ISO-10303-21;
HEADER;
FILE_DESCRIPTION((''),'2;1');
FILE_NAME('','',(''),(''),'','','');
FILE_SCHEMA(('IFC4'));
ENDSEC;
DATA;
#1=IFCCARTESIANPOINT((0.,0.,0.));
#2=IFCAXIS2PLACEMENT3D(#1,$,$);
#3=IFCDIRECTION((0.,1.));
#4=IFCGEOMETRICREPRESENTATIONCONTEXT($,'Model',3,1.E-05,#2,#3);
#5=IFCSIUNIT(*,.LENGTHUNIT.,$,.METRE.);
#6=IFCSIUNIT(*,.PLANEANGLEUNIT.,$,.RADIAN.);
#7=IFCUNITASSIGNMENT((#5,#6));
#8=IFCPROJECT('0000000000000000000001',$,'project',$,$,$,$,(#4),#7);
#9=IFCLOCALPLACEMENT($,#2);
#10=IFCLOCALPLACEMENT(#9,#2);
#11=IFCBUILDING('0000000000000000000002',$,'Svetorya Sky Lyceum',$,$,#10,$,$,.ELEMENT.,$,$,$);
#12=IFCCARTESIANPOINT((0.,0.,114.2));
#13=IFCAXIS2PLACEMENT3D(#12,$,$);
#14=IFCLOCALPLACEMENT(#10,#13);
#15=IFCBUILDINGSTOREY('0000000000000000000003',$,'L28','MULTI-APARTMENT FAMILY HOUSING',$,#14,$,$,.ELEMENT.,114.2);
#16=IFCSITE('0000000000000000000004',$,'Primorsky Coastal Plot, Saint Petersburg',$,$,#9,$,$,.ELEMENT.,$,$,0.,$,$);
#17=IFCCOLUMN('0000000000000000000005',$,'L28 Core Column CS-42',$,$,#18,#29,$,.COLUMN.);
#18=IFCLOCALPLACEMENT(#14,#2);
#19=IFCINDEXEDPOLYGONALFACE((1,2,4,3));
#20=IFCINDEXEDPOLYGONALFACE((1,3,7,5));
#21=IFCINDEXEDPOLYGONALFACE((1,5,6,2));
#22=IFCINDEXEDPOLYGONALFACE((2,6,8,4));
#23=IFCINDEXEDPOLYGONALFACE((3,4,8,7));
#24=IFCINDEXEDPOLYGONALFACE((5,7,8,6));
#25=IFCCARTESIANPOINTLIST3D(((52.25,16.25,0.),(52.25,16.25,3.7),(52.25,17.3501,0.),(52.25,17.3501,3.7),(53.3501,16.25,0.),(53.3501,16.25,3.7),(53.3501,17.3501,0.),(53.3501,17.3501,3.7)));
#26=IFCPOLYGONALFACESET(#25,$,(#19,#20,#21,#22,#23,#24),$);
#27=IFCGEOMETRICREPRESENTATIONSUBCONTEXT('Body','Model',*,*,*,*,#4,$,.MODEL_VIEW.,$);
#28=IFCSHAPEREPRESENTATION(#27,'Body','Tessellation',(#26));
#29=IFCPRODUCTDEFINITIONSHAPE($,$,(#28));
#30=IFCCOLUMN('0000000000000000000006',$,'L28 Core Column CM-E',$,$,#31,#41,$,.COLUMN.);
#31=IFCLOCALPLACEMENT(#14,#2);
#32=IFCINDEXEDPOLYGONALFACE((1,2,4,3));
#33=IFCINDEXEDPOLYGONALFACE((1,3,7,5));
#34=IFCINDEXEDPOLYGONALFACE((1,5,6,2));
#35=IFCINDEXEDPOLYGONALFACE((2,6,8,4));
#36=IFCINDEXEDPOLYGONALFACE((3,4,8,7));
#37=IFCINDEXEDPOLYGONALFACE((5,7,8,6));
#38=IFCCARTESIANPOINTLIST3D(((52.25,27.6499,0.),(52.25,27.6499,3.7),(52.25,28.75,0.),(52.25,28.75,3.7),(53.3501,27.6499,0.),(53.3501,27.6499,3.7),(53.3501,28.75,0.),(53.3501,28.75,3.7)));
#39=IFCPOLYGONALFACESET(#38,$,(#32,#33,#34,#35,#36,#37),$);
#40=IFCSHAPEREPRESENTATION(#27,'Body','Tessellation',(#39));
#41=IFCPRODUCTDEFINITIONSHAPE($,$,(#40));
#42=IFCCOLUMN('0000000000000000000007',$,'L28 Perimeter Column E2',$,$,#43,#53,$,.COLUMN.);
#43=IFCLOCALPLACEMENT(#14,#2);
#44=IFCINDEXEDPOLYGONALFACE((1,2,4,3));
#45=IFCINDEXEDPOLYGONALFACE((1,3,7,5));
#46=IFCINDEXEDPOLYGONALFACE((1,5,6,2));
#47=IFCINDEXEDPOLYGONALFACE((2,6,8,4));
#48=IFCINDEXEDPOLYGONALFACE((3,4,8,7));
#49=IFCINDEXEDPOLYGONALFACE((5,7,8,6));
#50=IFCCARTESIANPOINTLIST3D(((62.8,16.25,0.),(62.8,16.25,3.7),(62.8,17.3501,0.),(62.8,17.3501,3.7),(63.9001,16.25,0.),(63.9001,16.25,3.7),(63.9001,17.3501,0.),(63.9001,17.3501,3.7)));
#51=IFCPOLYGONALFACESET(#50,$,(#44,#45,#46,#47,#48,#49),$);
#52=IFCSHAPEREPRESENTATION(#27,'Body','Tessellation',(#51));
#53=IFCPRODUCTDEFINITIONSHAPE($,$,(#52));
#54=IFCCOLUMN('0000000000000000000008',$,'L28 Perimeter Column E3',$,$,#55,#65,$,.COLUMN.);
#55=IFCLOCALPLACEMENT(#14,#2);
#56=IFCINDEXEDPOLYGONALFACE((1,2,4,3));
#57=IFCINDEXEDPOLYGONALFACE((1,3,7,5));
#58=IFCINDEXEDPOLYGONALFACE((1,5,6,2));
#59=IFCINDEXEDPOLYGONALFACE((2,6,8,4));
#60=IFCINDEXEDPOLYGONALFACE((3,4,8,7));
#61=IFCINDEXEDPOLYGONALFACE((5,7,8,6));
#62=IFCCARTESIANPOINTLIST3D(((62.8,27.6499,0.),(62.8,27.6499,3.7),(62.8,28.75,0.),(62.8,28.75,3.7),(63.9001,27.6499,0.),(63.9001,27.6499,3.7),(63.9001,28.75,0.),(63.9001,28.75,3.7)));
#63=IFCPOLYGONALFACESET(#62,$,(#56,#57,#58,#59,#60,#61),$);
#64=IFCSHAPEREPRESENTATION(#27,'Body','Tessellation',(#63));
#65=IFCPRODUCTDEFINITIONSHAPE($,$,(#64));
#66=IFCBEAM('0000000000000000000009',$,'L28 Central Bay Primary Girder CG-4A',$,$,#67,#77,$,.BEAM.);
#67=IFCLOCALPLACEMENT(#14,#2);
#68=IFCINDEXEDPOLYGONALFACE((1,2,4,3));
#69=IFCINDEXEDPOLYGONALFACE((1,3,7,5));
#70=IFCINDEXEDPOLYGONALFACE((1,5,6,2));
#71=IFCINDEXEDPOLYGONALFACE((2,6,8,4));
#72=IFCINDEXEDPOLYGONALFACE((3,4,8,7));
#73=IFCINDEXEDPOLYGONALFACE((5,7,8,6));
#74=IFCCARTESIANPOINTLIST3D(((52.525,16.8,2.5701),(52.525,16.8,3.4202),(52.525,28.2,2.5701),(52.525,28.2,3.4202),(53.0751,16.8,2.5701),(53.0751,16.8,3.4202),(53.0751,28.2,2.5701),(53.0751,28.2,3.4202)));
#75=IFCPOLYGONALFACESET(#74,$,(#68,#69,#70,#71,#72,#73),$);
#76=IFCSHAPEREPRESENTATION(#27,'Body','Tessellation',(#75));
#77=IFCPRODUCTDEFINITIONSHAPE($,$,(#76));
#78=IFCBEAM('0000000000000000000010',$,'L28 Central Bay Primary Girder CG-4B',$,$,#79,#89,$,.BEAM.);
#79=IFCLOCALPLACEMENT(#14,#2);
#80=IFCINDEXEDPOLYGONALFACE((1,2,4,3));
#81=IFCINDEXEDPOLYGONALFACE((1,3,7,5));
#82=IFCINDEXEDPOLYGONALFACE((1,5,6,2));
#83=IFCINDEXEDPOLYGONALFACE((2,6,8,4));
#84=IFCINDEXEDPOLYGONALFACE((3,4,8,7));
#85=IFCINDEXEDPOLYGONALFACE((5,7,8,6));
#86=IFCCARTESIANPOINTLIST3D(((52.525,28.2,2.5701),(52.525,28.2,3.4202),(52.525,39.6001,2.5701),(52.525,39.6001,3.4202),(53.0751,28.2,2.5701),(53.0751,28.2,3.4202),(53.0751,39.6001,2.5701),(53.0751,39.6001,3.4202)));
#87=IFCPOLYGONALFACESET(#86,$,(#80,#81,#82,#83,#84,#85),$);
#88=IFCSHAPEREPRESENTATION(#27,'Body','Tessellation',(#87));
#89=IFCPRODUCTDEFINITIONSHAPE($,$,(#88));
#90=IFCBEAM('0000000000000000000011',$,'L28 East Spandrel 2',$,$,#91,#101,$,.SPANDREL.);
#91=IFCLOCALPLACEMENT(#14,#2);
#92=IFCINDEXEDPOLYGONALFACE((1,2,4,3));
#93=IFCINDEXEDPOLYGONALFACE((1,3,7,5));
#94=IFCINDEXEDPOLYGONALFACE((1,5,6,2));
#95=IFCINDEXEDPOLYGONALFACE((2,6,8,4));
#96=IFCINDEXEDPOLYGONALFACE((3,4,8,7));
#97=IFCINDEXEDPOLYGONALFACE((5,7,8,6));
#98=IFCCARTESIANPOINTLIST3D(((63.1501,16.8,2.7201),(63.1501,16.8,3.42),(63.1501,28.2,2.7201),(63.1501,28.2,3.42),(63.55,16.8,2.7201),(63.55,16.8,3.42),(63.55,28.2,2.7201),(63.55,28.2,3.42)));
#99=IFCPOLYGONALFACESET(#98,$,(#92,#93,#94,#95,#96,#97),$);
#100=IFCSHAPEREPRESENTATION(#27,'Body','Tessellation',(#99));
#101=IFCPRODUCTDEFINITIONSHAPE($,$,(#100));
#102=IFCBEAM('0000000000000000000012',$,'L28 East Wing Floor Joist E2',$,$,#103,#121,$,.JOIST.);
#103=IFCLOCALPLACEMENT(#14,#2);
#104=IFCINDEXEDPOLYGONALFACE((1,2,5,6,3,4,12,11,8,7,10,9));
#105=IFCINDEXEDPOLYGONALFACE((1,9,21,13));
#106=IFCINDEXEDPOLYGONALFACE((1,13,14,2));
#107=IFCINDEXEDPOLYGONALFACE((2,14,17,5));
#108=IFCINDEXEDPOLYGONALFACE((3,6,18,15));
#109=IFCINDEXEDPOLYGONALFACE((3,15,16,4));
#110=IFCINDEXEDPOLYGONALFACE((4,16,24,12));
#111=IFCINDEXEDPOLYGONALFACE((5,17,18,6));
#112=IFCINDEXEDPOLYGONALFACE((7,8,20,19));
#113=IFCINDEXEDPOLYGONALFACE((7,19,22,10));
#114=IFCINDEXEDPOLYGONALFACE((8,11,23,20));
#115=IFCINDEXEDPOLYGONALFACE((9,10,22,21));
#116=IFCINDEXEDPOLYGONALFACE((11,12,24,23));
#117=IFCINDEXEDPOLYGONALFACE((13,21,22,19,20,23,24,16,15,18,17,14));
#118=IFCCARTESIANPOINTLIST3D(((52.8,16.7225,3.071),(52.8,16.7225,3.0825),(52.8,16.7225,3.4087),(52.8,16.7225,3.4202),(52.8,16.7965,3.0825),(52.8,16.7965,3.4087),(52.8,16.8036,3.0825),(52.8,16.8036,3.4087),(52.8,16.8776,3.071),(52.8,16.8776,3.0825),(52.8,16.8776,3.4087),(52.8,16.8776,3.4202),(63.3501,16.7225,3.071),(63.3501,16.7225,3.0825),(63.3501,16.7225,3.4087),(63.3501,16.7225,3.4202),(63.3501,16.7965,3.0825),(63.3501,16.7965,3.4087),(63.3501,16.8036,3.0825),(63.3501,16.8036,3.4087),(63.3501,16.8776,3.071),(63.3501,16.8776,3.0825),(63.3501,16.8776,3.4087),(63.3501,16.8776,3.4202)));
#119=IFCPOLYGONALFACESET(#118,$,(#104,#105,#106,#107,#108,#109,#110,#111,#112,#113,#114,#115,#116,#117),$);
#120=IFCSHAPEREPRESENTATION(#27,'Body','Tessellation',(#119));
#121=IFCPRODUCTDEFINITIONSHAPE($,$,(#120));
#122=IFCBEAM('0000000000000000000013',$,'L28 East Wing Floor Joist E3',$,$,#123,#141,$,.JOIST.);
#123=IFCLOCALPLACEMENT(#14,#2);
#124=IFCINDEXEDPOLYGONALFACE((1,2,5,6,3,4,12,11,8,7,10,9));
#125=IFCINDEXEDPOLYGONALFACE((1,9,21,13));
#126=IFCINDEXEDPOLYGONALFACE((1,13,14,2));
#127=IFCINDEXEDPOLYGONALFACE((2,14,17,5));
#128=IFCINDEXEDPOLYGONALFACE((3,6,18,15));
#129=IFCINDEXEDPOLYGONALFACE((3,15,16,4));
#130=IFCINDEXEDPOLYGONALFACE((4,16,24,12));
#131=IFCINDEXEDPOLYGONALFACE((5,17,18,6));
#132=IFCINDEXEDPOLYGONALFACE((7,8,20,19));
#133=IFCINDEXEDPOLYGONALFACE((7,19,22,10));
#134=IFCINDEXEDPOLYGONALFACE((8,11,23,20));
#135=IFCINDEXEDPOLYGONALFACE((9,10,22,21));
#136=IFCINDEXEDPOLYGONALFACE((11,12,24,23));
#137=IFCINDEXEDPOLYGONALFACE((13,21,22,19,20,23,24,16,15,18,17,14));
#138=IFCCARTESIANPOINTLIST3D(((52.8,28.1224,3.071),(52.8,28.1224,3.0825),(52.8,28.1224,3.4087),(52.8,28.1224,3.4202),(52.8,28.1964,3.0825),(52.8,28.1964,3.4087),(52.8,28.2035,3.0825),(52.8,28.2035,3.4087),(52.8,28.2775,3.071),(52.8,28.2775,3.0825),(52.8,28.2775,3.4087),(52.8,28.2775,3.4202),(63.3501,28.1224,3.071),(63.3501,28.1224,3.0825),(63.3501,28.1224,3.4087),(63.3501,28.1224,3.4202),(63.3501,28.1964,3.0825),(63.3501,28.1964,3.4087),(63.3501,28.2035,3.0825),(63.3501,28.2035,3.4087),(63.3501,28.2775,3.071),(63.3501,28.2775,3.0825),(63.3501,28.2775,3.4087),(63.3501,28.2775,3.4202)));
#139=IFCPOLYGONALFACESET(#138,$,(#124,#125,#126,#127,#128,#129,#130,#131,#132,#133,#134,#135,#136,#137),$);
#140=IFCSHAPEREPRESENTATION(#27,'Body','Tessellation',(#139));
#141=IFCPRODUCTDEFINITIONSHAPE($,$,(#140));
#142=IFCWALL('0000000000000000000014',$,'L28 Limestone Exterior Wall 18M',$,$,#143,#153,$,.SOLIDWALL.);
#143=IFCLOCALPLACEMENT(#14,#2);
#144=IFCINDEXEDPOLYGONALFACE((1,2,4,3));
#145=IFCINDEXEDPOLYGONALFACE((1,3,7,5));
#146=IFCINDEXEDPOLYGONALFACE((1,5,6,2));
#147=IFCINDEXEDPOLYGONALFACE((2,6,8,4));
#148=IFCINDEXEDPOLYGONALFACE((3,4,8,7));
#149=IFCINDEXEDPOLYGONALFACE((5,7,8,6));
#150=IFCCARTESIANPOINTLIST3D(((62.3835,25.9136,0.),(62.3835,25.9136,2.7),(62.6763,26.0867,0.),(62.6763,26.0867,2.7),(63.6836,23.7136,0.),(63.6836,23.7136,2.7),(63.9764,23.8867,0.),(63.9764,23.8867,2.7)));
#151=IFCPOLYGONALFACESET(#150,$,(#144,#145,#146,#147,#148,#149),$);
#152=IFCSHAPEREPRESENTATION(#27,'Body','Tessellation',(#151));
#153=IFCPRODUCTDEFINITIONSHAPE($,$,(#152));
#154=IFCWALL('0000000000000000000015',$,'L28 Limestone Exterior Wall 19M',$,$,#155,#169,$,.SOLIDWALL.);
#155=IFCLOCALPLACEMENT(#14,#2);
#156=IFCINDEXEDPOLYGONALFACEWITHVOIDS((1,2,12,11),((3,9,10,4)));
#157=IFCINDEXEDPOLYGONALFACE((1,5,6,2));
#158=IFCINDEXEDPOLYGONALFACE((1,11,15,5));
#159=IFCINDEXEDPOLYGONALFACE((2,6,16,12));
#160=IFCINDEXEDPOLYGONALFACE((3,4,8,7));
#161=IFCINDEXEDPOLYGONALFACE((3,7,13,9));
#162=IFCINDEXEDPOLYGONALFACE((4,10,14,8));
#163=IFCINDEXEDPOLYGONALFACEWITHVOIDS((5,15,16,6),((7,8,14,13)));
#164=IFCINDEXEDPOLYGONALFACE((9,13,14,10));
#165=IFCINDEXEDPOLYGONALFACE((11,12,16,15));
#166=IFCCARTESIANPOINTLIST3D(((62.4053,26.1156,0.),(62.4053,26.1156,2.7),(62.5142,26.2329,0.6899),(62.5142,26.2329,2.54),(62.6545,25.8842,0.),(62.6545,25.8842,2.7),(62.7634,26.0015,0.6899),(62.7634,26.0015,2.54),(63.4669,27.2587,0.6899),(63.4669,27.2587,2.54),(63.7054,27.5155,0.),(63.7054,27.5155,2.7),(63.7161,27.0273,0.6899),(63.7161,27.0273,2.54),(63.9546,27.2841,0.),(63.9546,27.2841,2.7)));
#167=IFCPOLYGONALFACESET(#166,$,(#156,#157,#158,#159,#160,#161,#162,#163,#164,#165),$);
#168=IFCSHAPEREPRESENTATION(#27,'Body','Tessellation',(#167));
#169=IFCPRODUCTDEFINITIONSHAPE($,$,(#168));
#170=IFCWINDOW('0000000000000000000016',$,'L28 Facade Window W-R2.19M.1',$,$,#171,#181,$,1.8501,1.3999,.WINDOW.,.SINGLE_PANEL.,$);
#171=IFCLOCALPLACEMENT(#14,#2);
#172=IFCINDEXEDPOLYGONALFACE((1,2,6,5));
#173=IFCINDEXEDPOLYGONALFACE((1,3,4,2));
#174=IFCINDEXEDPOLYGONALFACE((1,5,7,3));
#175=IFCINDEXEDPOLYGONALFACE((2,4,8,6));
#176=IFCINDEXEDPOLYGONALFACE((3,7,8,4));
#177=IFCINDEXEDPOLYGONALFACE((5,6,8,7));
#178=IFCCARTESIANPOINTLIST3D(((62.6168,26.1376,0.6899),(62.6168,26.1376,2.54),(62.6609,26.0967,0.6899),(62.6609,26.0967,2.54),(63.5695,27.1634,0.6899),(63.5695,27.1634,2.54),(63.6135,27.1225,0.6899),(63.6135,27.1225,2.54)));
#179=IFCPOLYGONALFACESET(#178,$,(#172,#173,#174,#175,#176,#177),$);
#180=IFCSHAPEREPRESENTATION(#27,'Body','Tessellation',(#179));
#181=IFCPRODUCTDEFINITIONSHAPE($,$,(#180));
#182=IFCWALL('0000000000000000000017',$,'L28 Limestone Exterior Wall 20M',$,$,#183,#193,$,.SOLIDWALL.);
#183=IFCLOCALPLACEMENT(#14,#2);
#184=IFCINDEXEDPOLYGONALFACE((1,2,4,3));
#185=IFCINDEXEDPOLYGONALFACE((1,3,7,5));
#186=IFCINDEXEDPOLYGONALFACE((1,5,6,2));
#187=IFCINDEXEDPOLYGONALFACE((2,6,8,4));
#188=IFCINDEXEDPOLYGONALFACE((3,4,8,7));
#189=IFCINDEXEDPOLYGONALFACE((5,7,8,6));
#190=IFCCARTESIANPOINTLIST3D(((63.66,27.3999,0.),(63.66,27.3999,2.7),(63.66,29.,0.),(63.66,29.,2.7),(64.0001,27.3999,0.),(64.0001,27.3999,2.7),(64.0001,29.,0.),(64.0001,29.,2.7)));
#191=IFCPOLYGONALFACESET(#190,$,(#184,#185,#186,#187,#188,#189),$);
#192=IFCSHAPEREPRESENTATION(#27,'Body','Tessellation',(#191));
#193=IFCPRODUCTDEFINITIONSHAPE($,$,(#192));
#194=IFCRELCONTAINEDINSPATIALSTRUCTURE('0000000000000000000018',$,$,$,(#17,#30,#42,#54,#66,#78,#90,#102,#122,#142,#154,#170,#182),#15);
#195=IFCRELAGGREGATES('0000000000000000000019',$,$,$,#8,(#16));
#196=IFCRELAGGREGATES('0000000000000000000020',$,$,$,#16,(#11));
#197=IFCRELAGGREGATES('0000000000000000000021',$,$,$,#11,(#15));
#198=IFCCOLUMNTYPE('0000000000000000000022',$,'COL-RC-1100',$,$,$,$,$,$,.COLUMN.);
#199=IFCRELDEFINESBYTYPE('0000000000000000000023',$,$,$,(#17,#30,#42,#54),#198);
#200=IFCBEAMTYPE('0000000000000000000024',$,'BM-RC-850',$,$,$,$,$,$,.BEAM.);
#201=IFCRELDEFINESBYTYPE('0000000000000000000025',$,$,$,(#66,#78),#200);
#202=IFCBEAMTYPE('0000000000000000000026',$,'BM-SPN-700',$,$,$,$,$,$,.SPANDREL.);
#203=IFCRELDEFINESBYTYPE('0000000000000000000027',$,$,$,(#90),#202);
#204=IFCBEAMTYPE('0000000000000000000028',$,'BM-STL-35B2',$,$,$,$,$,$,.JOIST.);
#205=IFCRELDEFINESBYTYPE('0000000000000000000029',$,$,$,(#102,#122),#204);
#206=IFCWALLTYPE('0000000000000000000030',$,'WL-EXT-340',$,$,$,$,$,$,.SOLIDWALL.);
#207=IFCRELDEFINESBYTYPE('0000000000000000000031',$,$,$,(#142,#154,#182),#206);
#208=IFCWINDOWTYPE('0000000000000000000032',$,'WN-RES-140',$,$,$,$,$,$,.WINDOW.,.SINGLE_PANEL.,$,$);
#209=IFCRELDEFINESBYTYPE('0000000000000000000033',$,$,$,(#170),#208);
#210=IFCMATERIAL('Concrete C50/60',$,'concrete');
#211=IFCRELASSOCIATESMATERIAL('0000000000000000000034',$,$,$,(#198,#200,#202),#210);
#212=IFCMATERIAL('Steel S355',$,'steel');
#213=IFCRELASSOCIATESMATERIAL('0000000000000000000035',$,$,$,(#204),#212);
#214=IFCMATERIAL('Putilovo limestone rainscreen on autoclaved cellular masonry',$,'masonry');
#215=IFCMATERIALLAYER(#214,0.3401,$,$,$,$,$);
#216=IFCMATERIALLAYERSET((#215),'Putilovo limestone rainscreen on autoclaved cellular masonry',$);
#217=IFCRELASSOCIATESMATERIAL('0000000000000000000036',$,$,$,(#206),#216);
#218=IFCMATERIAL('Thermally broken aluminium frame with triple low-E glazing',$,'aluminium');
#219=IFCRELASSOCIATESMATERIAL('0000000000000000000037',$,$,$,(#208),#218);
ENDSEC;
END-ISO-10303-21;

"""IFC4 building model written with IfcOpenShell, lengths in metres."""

from ifc_helpers import new_model, si_unit, direction, frame, frame_2d, origin, origin_2d, place, context, subcontext, project, spatial, rectangle, i_section, extrude, material, layer, layer_set, material_profile, profile_set, type_object, element, fill, save


model = new_model("IFC4")

# Units and contexts
model_context = context("Model", 3, precision=1e-05, world=origin(), true_north=direction((0.0, 1.0)))
body_context = subcontext(model_context, "Body", "Model", "MODEL_VIEW")
ifc_project = project(units=[si_unit("LENGTHUNIT", "METRE"), si_unit("PLANEANGLEUNIT", "RADIAN")], contexts=[model_context])

# Site, building, storey
site_placement = place(None, origin())
site = spatial("IfcSite", under=ifc_project, at=site_placement, Name="Primorsky Coastal Plot, Saint Petersburg", CompositionType="ELEMENT", RefElevation=0.0)
building_placement = place(site_placement, origin())
building = spatial("IfcBuilding", under=site, at=building_placement, Name="Svetorya Sky Lyceum", CompositionType="ELEMENT")
storey_placement = place(building_placement, frame((0.0, 0.0, 114.2)))
storey = spatial("IfcBuildingStorey", under=building, at=storey_placement, Name="L28", Description="MULTI-APARTMENT FAMILY HOUSING", CompositionType="ELEMENT", Elevation=114.2)

# Columns
ifc_material_1 = material(Name="Concrete C50/60", Category="concrete")
ifc_material_profile_1 = material_profile(ifc_material_1, rectangle(XDim=1.1001, YDim=1.1001, at=origin_2d()), Name="RC COL 1100x1100")
ifc_profile_set_1 = profile_set([ifc_material_profile_1], Name="Concrete C50/60")
column_type = type_object("IfcColumnType", Name="COL-RC-1100", PredefinedType="COLUMN", material=ifc_profile_set_1)
for number, where, z_axis, x_axis, name in (
    (1, (52.8, 16.8, 0.0), (0.0, 0.0, 1.0), (1.0, 0.0, 0.0), "L28 Core Column CS-42"),
    (2, (52.8, 28.2, 0.0), (0.0, 0.0, 1.0), (1.0, 0.0, 0.0), "L28 Core Column CM-E"),
    (3, (63.3501, 16.8, 0.0), (0.0, 0.0, 1.0), (1.0, 0.0, 0.0), "L28 Perimeter Column E2"),
    (4, (63.3501, 28.2, 0.0), (0.0, 0.0, 1.0), (1.0, 0.0, 0.0), "L28 Perimeter Column E3"),
):
    element("IfcColumn", number, at=place(storey_placement, frame(where, z_axis=z_axis, x_axis=x_axis)), inside=storey, type_object=column_type, Name=name, PredefinedType="COLUMN", context=body_context, shape_type="SweptSolid", body=[
        extrude(rectangle(XDim=1.1001, YDim=1.1001, at=origin_2d()), origin(), (0.0, 0.0, 1.0), 3.7),
    ])

# Beams
ifc_material_profile_2 = material_profile(ifc_material_1, rectangle(XDim=0.55, YDim=0.8501, at=origin_2d()), Name="RC BEAM 550x850")
ifc_profile_set_2 = profile_set([ifc_material_profile_2], Name="Concrete C50/60")
beam_type_1 = type_object("IfcBeamType", Name="BM-RC-850", PredefinedType="BEAM", material=ifc_profile_set_2)
beam_1_placement = place(storey_placement, frame((52.8, 16.8, 2.9951), z_axis=(0.0, 1.0, 0.0), x_axis=(-1.0, 0.0, 0.0)))
element("IfcBeam", 5, at=beam_1_placement, inside=storey, type_object=beam_type_1, Name="L28 Central Bay Primary Girder CG-4A", PredefinedType="BEAM", context=body_context, shape_type="SweptSolid", body=[
    extrude(rectangle(XDim=0.55, YDim=0.8501, at=origin_2d()), origin(), (0.0, 0.0, 1.0), 11.3999),
])
beam_2_placement = place(storey_placement, frame((52.8, 28.2, 2.9951), z_axis=(0.0, 1.0, 0.0), x_axis=(-1.0, 0.0, 0.0)))
element("IfcBeam", 6, at=beam_2_placement, inside=storey, type_object=beam_type_1, Name="L28 Central Bay Primary Girder CG-4B", PredefinedType="BEAM", context=body_context, shape_type="SweptSolid", body=[
    extrude(rectangle(XDim=0.55, YDim=0.8501, at=origin_2d()), origin(), (0.0, 0.0, 1.0), 11.4001),
])
ifc_material_profile_3 = material_profile(ifc_material_1, rectangle(XDim=0.3999, YDim=0.7, at=origin_2d()), Name="RC SPANDREL 400x700")
ifc_profile_set_3 = profile_set([ifc_material_profile_3], Name="Concrete C50/60")
beam_type_2 = type_object("IfcBeamType", Name="BM-SPN-700", PredefinedType="SPANDREL", material=ifc_profile_set_3)
beam_3_placement = place(storey_placement, frame((63.3501, 16.8, 3.0701), z_axis=(0.0, 1.0, 0.0), x_axis=(-1.0, 0.0, 0.0)))
element("IfcBeam", 7, at=beam_3_placement, inside=storey, type_object=beam_type_2, Name="L28 East Spandrel 2", PredefinedType="SPANDREL", context=body_context, shape_type="SweptSolid", body=[
    extrude(rectangle(XDim=0.3999, YDim=0.7, at=origin_2d()), origin(), (0.0, 0.0, 1.0), 11.3999),
])
ifc_material_2 = material(Name="Steel S355", Category="steel")
ifc_material_profile_4 = material_profile(ifc_material_2, i_section(OverallWidth=0.155, OverallDepth=0.3491, WebThickness=0.0071, FlangeThickness=0.0115, at=origin_2d()), Name="GOST 35B2")
ifc_profile_set_4 = profile_set([ifc_material_profile_4], Name="Steel S355")
beam_type_3 = type_object("IfcBeamType", Name="BM-STL-35B2", PredefinedType="JOIST", material=ifc_profile_set_4)
for number, where, z_axis, x_axis, name in (
    (8, (52.8, 16.8, 3.2456), (1.0, 0.0, 0.0), (0.0, 1.0, 0.0), "L28 East Wing Floor Joist E2"),
    (9, (52.8, 28.2, 3.2456), (1.0, 0.0, 0.0), (0.0, 1.0, 0.0), "L28 East Wing Floor Joist E3"),
):
    element("IfcBeam", number, at=place(storey_placement, frame(where, z_axis=z_axis, x_axis=x_axis)), inside=storey, type_object=beam_type_3, Name=name, PredefinedType="JOIST", context=body_context, shape_type="SweptSolid", body=[
        extrude(i_section(OverallWidth=0.155, OverallDepth=0.3491, WebThickness=0.0071, FlangeThickness=0.0115, at=origin_2d()), origin(), (0.0, 0.0, 1.0), 10.55),
    ])

# Wall
ifc_material_3 = material(Name="Putilovo limestone rainscreen on autoclaved cellular masonry", Category="masonry")
ifc_layer_1 = layer(ifc_material_3, 0.3401)
ifc_layer_set_1 = layer_set([ifc_layer_1], Name="Putilovo limestone rainscreen on autoclaved cellular masonry")
wall_type_1 = type_object("IfcWallType", Name="WL-EXT-340", PredefinedType="SOLIDWALL", material=ifc_layer_set_1)
wall_1_placement = place(storey_placement, frame((63.8301, 23.8, 0.0), z_axis=(0.0, 0.0, 1.0), x_axis=(-0.508752, 0.860913, 0.0)))
element("IfcWall", 10, at=wall_1_placement, inside=storey, type_object=wall_type_1, Name="L28 Limestone Exterior Wall 18M", PredefinedType="SOLIDWALL", context=body_context, shape_type="SweptSolid", body=[
    extrude(rectangle(XDim=2.5554, YDim=0.3401, at=frame_2d((1.2778, 0.0))), origin(), (0.0, 0.0, 1.0), 2.7),
])

# Wall, opening, window
wall_2_placement = place(storey_placement, frame((62.53, 26.0, 0.0), z_axis=(0.0, 0.0, 1.0), x_axis=(0.68049, 0.732757, 0.0)))
wall_2 = element("IfcWall", 11, at=wall_2_placement, inside=storey, type_object=wall_type_1, Name="L28 Limestone Exterior Wall 19M", PredefinedType="SOLIDWALL", context=body_context, shape_type="SweptSolid", body=[
    extrude(rectangle(XDim=1.9104, YDim=0.3401, at=frame_2d((0.9551, 0.0))), origin(), (0.0, 0.0, 1.0), 2.7),
])
opening_1_placement = place(wall_2_placement, frame((0.1599, 0.0, 0.6899)))
opening_1 = element("IfcOpeningElement", 12, at=opening_1_placement, cuts=wall_2, PredefinedType="OPENING", context=body_context, shape_type="SweptSolid", body=[
    extrude(rectangle(XDim=1.3999, YDim=1.8501, at=frame_2d((0.7, 0.925))), frame((0.0, 0.1799, 0.0), z_axis=(0.0, -1.0, 0.0), x_axis=(1.0, 0.0, 0.0)), (0.0, 0.0, 1.0), 0.3601),
])
ifc_material_4 = material(Name="Thermally broken aluminium frame with triple low-E glazing", Category="aluminium")
window_type = type_object("IfcWindowType", Name="WN-RES-140", PartitioningType="SINGLE_PANEL", PredefinedType="WINDOW", material=ifc_material_4)
window_placement = place(opening_1_placement, origin())
window = element("IfcWindow", 13, at=window_placement, inside=storey, type_object=window_type, Name="L28 Facade Window W-R2.19M.1", OverallHeight=1.8501, OverallWidth=1.3999, PartitioningType="SINGLE_PANEL", PredefinedType="WINDOW", context=body_context, shape_type="SweptSolid", body=[
    extrude(rectangle(XDim=1.3999, YDim=1.8501, at=frame_2d((0.7, 0.925))), frame((0.0, 0.03, 0.0), z_axis=(0.0, -1.0, 0.0), x_axis=(1.0, 0.0, 0.0)), (0.0, 0.0, 1.0), 0.0601),
])
fill(opening_1, window)

# Wall
wall_3_placement = place(storey_placement, frame((63.8301, 27.3999, 0.0), z_axis=(0.0, 0.0, 1.0), x_axis=(0.0, 1.0, 0.0)))
element("IfcWall", 14, at=wall_3_placement, inside=storey, type_object=wall_type_1, Name="L28 Limestone Exterior Wall 20M", PredefinedType="SOLIDWALL", context=body_context, shape_type="SweptSolid", body=[
    extrude(rectangle(XDim=1.6001, YDim=0.3401, at=frame_2d((0.8, 0.0))), origin(), (0.0, 0.0, 1.0), 2.7),
])

save(model, "model.ifc")
